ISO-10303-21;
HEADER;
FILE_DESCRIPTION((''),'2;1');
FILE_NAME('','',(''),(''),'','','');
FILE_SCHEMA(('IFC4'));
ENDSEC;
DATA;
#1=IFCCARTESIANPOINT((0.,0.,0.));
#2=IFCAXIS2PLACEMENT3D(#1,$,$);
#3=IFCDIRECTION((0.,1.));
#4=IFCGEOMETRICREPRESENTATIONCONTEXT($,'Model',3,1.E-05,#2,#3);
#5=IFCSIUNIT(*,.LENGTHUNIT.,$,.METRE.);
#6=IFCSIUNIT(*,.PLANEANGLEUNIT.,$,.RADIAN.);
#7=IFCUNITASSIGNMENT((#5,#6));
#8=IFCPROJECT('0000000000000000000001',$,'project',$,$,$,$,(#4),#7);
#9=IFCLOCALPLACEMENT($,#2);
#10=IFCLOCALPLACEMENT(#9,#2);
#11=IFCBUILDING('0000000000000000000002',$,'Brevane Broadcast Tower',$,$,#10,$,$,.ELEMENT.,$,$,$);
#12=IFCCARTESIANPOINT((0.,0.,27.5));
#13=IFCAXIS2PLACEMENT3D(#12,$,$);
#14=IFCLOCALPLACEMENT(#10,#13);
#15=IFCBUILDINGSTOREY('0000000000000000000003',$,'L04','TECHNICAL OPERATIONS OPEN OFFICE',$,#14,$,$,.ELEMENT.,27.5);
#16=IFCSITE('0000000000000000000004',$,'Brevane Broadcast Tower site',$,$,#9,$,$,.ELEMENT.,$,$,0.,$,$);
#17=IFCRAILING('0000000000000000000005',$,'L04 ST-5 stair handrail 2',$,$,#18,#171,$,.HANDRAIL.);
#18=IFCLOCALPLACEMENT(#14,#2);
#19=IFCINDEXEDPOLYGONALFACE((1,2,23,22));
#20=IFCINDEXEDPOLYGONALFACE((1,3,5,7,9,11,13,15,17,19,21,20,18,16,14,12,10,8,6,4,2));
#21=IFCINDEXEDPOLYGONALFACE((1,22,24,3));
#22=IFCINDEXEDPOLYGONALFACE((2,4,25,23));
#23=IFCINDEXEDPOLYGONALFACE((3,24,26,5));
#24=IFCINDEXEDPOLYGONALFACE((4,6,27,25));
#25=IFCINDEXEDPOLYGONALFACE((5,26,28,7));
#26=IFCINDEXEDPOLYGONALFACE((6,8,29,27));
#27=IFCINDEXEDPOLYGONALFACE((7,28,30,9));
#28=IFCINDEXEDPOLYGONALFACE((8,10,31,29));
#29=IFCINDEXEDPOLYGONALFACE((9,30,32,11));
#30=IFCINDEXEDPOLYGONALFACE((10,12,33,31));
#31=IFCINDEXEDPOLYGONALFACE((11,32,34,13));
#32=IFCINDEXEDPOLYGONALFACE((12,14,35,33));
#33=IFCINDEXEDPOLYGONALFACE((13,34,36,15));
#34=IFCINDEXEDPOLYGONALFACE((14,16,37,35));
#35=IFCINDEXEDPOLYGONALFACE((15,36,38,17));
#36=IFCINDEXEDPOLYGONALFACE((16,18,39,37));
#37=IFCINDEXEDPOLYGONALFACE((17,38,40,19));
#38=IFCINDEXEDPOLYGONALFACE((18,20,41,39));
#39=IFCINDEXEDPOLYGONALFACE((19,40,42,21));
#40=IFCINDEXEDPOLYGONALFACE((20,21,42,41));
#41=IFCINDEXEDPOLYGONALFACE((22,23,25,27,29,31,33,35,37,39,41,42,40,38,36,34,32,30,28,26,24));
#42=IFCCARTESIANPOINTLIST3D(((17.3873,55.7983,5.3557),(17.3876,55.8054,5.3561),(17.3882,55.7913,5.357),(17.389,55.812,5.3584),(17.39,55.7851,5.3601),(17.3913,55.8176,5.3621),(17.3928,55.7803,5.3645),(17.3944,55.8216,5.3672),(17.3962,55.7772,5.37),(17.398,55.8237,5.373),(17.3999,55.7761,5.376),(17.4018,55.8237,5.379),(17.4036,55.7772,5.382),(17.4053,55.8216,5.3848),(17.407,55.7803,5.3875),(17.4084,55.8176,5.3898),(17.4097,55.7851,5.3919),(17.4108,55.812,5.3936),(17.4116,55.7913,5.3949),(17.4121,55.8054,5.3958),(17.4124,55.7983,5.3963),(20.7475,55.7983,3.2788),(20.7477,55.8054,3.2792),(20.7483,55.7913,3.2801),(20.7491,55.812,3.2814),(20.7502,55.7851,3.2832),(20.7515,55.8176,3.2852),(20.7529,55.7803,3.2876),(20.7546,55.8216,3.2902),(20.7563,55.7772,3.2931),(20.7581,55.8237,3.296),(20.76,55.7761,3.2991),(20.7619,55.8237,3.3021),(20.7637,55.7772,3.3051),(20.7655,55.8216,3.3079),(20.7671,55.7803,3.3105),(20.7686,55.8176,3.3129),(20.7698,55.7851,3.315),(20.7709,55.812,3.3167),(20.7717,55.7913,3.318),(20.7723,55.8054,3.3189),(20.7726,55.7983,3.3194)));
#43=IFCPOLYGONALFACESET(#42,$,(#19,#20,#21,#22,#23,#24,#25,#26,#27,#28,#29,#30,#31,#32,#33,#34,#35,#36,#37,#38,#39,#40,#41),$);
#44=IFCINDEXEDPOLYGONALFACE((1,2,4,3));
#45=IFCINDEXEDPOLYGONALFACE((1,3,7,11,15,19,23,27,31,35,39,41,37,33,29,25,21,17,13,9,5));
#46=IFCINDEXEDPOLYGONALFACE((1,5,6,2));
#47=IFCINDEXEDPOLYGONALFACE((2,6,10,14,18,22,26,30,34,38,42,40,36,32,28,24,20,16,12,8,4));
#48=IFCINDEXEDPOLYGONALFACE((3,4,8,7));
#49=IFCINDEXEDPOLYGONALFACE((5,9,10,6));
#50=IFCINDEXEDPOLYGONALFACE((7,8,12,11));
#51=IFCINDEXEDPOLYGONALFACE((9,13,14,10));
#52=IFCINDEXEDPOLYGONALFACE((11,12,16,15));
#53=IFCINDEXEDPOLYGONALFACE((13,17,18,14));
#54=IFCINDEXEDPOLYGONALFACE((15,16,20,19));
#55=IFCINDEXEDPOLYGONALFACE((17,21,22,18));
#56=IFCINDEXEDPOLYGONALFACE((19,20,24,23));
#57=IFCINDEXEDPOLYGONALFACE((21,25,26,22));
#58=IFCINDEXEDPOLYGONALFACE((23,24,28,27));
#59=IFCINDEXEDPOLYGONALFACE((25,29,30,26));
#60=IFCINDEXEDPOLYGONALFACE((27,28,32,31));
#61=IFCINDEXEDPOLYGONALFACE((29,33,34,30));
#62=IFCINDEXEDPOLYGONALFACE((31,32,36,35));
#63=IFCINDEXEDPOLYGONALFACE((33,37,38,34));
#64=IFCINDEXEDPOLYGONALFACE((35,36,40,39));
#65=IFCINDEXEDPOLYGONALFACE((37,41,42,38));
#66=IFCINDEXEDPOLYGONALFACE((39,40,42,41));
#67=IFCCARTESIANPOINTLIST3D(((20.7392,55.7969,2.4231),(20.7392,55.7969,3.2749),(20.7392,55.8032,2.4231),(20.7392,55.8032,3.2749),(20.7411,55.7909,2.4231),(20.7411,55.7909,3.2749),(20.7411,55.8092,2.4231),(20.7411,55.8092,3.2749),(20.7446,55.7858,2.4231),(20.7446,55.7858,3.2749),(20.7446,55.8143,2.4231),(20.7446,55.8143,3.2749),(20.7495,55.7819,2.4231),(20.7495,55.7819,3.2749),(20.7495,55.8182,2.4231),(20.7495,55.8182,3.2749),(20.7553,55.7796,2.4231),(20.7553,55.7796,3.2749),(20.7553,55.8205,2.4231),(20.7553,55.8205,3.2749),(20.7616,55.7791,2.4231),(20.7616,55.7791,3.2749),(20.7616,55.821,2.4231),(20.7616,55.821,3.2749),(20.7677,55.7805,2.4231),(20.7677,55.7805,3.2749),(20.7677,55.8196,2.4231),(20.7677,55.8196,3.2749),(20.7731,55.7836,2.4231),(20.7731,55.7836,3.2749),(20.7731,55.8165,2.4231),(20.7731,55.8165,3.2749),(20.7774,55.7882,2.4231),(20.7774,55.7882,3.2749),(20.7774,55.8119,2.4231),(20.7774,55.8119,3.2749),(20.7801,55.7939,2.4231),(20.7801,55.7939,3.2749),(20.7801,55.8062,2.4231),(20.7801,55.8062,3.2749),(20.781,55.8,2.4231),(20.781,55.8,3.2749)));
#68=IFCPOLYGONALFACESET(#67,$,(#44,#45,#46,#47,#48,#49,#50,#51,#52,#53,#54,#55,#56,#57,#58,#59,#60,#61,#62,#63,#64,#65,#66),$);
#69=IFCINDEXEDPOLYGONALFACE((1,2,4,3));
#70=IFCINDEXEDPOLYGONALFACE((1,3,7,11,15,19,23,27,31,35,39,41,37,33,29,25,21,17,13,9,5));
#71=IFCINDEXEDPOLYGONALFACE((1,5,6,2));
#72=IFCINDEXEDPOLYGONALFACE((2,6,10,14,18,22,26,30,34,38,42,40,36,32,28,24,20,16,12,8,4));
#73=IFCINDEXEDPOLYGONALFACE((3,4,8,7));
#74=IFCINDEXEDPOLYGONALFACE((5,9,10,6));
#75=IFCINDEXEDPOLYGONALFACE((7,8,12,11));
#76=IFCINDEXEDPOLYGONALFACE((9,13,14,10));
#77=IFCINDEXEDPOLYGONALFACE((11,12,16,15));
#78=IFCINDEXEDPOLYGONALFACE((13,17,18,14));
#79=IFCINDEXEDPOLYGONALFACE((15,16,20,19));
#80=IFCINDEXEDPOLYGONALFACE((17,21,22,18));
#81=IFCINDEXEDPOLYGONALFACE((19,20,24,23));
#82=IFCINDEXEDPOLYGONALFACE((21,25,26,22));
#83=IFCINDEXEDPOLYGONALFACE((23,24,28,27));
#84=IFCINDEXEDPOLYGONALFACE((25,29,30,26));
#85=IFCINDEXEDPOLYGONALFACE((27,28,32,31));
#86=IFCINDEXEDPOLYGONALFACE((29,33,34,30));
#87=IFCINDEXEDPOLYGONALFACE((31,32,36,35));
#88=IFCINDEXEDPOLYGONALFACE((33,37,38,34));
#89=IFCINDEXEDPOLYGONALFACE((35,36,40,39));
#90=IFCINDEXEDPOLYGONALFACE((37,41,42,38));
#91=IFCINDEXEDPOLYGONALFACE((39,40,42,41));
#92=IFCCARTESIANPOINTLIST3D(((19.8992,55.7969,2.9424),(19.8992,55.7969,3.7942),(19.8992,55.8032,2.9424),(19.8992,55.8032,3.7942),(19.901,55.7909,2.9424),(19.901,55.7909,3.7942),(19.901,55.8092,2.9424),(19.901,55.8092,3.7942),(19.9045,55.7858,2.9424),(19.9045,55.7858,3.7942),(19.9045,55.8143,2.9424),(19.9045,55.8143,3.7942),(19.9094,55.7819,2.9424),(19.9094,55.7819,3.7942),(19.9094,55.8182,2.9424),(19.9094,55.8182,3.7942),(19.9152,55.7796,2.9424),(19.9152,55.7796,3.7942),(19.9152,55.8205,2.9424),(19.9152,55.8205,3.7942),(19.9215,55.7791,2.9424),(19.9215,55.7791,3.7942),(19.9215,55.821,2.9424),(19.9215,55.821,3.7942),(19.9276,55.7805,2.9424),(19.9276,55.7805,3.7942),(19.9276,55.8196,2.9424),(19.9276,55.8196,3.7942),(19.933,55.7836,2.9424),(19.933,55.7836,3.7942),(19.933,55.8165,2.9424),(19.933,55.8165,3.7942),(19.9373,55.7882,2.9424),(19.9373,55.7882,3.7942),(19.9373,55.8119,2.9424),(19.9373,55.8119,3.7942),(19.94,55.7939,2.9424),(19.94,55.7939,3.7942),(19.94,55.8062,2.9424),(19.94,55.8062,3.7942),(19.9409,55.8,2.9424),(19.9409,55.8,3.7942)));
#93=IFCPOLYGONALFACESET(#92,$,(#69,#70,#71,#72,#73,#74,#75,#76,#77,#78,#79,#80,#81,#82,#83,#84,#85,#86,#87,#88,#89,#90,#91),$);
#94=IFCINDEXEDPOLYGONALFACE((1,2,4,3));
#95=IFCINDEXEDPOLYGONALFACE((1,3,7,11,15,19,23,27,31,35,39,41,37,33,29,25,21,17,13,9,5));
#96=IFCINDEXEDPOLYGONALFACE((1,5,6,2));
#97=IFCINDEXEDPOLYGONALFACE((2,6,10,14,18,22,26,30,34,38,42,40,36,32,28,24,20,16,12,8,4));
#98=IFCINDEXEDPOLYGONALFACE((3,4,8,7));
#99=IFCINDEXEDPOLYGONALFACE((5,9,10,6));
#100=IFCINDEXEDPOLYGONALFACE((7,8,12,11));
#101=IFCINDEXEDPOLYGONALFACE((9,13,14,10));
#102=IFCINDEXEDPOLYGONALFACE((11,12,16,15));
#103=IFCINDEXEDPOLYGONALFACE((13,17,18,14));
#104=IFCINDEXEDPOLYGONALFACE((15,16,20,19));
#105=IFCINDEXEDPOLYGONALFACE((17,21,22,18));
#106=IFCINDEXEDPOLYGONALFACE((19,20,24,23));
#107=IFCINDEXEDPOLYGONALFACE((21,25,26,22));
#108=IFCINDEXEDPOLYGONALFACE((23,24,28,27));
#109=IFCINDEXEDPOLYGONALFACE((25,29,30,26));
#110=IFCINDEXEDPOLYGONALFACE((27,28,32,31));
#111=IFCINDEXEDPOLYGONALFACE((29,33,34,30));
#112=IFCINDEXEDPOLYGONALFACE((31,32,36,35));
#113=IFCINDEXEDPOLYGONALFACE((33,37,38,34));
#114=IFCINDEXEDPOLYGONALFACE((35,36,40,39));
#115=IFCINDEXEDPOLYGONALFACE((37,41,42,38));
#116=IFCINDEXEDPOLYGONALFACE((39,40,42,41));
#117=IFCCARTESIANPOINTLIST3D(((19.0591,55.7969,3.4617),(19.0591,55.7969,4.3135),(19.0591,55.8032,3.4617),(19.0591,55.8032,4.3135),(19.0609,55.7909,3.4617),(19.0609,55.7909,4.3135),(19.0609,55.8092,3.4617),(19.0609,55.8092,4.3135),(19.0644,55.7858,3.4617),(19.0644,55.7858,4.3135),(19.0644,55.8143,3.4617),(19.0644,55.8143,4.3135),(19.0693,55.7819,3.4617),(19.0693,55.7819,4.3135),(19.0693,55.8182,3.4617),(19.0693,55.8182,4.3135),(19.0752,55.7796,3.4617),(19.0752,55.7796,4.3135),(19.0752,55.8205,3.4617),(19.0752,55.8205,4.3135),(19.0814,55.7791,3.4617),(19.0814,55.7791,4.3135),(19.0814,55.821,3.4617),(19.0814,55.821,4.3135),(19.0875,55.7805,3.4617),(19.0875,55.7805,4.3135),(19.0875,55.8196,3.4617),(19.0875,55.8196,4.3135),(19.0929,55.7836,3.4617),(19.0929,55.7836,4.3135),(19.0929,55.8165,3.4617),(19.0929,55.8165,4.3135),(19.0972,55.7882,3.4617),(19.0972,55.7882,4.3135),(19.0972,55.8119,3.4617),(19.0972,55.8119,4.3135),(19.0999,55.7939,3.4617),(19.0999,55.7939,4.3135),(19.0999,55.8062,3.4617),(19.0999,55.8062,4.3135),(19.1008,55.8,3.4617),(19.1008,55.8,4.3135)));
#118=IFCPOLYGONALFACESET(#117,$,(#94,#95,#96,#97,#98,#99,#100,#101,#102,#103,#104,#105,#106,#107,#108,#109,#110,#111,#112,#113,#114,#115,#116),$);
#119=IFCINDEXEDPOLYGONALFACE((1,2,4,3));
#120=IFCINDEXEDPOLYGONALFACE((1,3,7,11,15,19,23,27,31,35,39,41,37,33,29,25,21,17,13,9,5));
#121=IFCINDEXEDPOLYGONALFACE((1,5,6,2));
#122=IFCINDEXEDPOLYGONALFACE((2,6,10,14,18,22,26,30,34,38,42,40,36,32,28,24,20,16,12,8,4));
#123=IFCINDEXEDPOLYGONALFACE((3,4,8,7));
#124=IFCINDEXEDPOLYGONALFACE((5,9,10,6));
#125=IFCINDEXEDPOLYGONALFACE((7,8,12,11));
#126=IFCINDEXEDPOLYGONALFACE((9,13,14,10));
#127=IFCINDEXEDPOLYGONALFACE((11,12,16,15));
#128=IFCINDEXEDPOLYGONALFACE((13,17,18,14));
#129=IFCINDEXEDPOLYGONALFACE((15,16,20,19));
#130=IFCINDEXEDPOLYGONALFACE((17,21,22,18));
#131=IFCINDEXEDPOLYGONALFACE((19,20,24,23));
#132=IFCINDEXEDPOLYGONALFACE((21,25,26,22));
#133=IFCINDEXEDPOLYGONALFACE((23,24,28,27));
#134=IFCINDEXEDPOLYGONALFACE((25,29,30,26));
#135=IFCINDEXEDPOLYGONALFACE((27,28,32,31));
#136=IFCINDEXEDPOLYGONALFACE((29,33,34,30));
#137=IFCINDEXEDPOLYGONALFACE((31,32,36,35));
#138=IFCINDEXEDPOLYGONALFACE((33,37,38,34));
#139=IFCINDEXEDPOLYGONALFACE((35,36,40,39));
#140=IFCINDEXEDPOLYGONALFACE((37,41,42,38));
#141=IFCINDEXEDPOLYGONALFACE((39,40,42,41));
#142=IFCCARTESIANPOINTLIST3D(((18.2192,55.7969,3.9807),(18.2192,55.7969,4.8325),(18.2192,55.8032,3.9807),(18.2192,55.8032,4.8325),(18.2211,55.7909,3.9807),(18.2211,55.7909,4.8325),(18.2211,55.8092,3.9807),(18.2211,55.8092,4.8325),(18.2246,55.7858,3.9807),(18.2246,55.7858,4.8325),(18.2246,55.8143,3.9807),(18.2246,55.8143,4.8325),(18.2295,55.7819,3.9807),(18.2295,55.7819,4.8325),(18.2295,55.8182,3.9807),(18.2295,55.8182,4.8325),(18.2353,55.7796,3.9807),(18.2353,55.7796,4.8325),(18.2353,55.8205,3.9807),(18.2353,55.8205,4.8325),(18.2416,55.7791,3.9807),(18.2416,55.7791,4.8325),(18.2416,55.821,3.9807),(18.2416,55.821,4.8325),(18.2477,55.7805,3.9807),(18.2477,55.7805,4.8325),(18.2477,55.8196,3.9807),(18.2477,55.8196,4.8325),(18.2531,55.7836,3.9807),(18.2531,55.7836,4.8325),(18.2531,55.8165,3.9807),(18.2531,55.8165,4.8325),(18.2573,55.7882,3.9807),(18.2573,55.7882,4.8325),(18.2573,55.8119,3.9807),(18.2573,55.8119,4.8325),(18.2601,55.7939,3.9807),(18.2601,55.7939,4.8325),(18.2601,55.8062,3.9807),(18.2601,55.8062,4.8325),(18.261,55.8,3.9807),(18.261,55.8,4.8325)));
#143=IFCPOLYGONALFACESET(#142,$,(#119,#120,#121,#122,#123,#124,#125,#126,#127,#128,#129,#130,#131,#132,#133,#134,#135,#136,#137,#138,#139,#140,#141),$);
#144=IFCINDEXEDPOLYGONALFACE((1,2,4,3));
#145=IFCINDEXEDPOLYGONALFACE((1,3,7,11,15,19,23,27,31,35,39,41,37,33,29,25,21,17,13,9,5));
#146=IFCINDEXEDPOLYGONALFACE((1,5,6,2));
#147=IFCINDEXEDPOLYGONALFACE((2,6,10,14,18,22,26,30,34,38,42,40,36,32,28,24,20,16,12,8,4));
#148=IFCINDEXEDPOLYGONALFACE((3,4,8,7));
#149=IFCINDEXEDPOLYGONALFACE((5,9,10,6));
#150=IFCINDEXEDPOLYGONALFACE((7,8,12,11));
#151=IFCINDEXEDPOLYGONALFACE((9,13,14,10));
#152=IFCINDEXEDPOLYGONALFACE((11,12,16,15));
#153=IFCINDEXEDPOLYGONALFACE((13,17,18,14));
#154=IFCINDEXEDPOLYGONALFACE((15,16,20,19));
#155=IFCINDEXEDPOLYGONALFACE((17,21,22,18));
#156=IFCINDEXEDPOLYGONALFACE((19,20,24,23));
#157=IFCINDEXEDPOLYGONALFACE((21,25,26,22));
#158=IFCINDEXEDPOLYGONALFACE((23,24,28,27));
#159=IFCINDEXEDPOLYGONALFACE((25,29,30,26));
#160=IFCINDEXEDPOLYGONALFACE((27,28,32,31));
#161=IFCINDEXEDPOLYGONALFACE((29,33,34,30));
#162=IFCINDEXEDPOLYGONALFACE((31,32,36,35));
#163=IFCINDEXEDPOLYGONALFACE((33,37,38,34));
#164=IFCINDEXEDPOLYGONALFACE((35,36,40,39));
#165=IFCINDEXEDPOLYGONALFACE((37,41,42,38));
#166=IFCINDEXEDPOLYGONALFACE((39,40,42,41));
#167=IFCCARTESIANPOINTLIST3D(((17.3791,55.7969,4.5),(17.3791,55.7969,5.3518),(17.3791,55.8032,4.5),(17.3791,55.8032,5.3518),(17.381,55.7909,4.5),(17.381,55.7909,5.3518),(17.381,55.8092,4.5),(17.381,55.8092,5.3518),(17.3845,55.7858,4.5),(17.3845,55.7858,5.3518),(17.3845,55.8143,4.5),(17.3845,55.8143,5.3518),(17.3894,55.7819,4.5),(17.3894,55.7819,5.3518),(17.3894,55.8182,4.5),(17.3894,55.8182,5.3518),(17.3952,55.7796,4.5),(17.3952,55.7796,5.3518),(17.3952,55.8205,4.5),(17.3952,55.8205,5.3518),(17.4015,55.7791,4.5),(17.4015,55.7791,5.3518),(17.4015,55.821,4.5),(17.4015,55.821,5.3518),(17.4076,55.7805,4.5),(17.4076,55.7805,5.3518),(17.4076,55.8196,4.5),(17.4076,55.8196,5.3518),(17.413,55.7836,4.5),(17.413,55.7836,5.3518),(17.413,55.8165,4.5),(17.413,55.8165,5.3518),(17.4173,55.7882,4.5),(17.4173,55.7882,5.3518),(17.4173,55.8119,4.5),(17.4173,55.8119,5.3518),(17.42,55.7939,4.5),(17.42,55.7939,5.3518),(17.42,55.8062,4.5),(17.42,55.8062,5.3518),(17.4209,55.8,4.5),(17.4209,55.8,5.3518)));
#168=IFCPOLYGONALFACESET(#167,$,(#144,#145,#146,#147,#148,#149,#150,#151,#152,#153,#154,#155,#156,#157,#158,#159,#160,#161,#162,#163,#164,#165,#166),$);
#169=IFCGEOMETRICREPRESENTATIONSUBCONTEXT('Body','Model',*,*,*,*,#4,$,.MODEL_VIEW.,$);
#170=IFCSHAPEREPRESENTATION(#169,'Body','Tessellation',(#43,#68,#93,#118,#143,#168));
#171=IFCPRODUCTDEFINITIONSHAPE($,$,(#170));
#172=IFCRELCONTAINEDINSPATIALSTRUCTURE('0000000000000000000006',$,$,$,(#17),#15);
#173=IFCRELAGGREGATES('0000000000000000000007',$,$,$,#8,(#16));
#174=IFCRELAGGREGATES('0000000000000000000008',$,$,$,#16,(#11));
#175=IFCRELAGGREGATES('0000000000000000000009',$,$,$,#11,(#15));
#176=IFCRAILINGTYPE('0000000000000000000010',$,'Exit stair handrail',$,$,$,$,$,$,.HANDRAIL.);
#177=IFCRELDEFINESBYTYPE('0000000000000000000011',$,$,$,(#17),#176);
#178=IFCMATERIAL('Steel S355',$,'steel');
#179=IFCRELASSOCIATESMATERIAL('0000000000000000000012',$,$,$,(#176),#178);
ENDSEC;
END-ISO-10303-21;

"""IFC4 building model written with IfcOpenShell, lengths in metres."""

from ifc_helpers import new_model, si_unit, direction, frame, origin, origin_2d, place, context, subcontext, project, spatial, circle, extrude, material, type_object, element, save


model = new_model("IFC4")

# Units and contexts
model_context = context("Model", 3, precision=1e-05, world=origin(), true_north=direction((0.0, 1.0)))
body_context = subcontext(model_context, "Body", "Model", "MODEL_VIEW")
ifc_project = project(units=[si_unit("LENGTHUNIT", "METRE"), si_unit("PLANEANGLEUNIT", "RADIAN")], contexts=[model_context])

# Site, building, storey
site_placement = place(None, origin())
site = spatial("IfcSite", under=ifc_project, at=site_placement, Name="Brevane Broadcast Tower site", CompositionType="ELEMENT", RefElevation=0.0)
building_placement = place(site_placement, origin())
building = spatial("IfcBuilding", under=site, at=building_placement, Name="Brevane Broadcast Tower", CompositionType="ELEMENT")
storey_placement = place(building_placement, frame((0.0, 0.0, 27.5)))
storey = spatial("IfcBuildingStorey", under=building, at=storey_placement, Name="L04", Description="TECHNICAL OPERATIONS OPEN OFFICE", CompositionType="ELEMENT", Elevation=27.5)

# Railing
ifc_material_1 = material(Name="Steel S355", Category="steel")
railing_type_1 = type_object("IfcRailingType", Name="Exit stair handrail", PredefinedType="HANDRAIL", material=ifc_material_1)
railing_1_placement = place(storey_placement, frame((20.76, 55.8, 2.4231)))
element("IfcRailing", 1, at=railing_1_placement, inside=storey, type_object=railing_type_1, Name="L04 ST-5 stair handrail 2", PredefinedType="HANDRAIL", context=body_context, shape_type="SweptSolid", body=[
    extrude(circle(Radius=0.0239, at=origin_2d()), frame((0.0, 0.0, 0.876), z_axis=(-0.850623, 0.0, 0.525776), x_axis=(0.0, -1.0, 0.0)), (0.0, 0.0, 1.0), 3.9502),
    extrude(circle(Radius=0.021, at=origin_2d()), origin(), (0.0, 0.0, 1.0), 0.8518),
    extrude(circle(Radius=0.021, at=origin_2d()), frame((-0.8401, 0.0, 0.5193)), (0.0, 0.0, 1.0), 0.8518),
    extrude(circle(Radius=0.021, at=origin_2d()), frame((-1.6802, 0.0, 1.0386)), (0.0, 0.0, 1.0), 0.8518),
    extrude(circle(Radius=0.021, at=origin_2d()), frame((-2.52, 0.0, 1.5576)), (0.0, 0.0, 1.0), 0.8518),
    extrude(circle(Radius=0.021, at=origin_2d()), frame((-3.3601, 0.0, 2.0769)), (0.0, 0.0, 1.0), 0.8518),
])

save(model, "model.ifc")
